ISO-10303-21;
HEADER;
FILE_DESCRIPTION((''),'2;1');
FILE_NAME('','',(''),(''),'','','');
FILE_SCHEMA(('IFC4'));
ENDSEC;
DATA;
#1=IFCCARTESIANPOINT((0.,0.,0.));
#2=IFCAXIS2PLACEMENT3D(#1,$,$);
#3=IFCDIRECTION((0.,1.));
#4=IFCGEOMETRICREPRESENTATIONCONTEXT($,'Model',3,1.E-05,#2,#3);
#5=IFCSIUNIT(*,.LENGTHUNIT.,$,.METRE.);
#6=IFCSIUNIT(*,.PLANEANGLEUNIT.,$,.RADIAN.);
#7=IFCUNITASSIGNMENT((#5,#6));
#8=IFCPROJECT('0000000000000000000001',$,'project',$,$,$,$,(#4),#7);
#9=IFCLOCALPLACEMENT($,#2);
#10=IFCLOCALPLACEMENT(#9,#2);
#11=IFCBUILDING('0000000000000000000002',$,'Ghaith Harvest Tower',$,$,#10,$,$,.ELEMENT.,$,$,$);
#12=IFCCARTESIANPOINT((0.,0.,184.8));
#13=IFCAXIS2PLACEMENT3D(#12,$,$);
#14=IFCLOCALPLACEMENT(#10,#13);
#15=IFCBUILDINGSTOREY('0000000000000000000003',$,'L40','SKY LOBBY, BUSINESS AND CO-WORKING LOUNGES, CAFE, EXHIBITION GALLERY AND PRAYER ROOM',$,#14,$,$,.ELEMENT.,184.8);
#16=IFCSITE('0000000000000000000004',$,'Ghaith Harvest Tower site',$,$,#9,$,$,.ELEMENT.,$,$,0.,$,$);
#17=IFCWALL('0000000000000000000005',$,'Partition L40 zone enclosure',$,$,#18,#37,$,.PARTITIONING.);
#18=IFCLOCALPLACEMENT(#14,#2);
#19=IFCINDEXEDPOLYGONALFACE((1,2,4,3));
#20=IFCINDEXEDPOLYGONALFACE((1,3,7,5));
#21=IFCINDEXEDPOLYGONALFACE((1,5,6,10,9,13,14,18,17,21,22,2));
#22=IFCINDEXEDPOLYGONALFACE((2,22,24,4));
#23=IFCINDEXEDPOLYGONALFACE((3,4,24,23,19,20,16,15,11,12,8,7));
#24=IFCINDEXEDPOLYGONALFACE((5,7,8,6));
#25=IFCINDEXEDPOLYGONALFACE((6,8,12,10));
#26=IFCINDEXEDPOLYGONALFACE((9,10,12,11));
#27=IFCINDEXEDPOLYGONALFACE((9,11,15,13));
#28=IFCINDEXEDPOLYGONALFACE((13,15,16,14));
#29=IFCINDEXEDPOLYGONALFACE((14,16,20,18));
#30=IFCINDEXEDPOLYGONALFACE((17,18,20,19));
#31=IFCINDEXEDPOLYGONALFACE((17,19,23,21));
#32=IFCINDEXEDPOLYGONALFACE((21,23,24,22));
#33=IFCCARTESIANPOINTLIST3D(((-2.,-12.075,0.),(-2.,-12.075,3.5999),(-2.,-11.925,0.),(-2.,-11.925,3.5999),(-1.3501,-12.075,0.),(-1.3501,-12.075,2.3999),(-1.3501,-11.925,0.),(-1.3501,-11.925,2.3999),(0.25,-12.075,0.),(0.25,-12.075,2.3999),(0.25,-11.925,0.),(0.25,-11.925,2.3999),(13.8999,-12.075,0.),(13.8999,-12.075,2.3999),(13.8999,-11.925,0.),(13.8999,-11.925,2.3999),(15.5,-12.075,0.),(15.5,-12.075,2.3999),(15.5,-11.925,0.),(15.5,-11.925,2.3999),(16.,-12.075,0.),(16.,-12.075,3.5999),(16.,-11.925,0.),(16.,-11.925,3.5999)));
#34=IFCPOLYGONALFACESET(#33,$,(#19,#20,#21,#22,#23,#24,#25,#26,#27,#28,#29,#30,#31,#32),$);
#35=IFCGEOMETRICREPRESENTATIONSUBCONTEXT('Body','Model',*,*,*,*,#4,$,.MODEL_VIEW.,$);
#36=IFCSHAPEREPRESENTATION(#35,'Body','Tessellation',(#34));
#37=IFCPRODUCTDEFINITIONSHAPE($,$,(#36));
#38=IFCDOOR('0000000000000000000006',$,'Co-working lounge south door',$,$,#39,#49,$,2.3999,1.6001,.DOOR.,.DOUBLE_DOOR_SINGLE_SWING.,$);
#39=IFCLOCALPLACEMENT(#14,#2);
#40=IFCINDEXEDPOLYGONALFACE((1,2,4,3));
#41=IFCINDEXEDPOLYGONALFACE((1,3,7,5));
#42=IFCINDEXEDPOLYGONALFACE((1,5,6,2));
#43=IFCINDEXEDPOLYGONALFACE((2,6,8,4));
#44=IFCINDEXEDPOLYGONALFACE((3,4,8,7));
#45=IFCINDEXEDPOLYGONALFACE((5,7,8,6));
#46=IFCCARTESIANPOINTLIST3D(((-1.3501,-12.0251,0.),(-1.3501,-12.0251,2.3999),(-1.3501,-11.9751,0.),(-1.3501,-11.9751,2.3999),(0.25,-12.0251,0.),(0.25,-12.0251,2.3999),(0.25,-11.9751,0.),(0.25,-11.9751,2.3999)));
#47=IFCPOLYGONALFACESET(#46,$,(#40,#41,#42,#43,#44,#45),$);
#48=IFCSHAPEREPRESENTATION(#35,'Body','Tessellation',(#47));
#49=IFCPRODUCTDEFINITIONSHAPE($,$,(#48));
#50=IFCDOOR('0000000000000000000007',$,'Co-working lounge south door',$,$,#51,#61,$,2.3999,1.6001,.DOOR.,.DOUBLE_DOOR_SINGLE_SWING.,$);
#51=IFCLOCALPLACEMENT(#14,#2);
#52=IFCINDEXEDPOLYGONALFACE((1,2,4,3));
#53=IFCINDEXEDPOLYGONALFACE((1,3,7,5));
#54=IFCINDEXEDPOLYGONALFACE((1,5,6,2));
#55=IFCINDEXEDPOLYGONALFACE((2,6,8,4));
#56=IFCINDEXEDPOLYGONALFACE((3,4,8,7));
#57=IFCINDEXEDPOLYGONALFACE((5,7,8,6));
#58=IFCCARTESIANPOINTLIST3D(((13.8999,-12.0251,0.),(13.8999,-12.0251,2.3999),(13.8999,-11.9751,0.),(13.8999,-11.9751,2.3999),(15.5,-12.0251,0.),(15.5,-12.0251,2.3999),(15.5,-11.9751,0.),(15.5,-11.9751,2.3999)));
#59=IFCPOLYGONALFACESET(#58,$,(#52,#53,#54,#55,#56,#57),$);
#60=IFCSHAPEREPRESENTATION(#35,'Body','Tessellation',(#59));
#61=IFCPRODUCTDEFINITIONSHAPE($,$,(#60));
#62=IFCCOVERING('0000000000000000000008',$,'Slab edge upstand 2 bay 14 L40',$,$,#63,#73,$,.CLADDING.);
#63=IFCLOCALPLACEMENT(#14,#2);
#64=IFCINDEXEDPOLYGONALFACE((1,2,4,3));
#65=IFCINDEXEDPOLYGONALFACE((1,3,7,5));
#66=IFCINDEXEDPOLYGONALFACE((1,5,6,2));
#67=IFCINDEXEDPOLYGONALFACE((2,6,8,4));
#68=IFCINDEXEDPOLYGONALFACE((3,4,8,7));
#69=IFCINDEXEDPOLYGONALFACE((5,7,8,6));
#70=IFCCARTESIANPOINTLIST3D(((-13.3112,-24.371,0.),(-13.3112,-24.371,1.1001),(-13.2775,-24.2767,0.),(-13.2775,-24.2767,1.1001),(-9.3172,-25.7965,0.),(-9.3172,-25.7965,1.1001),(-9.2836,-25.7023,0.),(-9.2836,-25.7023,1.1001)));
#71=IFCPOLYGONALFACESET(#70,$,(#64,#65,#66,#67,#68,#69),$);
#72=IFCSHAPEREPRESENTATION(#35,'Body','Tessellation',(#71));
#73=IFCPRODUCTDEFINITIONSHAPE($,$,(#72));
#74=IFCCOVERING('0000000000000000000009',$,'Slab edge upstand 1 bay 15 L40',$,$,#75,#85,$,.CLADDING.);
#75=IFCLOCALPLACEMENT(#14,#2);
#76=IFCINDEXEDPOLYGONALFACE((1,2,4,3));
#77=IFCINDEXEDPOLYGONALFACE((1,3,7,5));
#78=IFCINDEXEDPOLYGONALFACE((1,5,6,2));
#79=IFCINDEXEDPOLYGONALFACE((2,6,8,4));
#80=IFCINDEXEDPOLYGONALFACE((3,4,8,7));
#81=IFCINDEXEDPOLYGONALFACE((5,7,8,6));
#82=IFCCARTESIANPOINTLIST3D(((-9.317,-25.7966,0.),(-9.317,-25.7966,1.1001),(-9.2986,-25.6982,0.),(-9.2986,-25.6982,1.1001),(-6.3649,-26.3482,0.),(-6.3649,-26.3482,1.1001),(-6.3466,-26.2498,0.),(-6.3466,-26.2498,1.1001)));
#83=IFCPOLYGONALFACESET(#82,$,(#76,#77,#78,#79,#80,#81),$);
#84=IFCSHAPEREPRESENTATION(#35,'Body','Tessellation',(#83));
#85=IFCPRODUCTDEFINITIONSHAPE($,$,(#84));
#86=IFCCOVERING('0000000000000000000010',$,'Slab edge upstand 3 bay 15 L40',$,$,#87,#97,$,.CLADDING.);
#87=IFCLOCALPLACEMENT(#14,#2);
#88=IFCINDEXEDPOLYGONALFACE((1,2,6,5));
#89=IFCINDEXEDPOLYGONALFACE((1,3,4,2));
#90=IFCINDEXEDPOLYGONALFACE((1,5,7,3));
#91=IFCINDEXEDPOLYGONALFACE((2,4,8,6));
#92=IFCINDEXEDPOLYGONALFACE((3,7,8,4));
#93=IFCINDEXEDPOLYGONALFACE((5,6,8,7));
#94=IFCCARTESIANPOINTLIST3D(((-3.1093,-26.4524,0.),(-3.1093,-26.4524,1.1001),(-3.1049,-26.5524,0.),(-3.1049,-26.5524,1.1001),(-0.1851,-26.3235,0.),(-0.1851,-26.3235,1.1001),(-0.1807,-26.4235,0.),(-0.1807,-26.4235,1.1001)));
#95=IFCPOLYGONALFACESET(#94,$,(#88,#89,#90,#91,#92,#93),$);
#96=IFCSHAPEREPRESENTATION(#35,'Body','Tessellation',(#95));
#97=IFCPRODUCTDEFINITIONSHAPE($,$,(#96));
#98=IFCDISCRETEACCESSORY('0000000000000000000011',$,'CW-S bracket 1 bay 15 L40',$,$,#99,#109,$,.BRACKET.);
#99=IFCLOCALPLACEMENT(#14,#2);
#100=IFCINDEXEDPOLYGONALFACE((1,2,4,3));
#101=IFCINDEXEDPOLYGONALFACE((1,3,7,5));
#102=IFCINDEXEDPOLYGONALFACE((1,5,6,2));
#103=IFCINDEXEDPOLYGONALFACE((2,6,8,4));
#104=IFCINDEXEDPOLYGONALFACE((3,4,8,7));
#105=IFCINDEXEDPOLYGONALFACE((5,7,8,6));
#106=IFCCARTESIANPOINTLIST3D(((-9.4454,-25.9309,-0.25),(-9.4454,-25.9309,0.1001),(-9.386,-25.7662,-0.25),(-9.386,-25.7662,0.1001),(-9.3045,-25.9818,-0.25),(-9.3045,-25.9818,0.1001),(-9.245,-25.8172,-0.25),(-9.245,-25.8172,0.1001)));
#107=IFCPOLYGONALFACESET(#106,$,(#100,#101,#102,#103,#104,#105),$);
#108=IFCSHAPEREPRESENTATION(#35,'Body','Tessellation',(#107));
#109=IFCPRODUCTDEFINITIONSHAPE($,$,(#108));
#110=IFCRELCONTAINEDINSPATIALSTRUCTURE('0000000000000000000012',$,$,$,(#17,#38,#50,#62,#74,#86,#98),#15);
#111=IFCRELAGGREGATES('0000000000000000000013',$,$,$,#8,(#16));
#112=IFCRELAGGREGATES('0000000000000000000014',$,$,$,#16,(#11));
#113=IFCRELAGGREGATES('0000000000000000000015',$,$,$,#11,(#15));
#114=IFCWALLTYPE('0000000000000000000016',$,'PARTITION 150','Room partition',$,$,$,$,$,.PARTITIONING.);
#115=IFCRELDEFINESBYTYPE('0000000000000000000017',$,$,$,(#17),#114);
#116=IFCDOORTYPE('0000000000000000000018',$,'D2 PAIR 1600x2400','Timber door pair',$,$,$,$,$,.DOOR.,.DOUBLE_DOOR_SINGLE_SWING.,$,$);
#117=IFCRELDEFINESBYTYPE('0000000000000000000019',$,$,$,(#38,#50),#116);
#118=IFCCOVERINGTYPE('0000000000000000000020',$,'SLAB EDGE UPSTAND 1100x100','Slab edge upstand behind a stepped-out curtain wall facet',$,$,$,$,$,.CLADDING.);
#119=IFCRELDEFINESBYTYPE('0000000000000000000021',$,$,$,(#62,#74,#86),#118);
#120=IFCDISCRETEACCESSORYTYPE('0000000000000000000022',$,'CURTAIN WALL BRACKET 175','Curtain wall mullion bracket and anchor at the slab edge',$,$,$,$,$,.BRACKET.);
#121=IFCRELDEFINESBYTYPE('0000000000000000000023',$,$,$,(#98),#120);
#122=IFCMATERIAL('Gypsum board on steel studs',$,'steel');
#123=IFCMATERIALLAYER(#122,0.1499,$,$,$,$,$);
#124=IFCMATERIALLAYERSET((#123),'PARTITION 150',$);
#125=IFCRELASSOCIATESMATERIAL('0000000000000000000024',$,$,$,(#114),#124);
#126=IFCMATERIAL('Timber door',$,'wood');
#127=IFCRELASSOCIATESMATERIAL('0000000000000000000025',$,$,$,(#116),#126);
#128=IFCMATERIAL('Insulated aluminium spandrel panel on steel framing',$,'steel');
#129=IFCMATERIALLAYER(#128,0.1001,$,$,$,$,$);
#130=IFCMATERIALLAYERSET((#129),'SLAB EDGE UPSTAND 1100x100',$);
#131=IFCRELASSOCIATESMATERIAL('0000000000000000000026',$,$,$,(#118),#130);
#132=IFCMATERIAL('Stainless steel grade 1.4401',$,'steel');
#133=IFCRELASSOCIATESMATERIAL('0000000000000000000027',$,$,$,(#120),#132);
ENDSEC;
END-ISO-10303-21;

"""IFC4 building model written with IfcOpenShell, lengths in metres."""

from ifc_helpers import new_model, si_unit, direction, frame, frame_2d, origin, origin_2d, place, context, subcontext, project, spatial, rectangle, extrude, material, layer, layer_set, type_object, element, fill, save


model = new_model("IFC4")

# Units and contexts
model_context = context("Model", 3, precision=1e-05, world=origin(), true_north=direction((0.0, 1.0)))
body_context = subcontext(model_context, "Body", "Model", "MODEL_VIEW")
ifc_project = project(units=[si_unit("LENGTHUNIT", "METRE"), si_unit("PLANEANGLEUNIT", "RADIAN")], contexts=[model_context])

# Site, building, storey
site_placement = place(None, origin())
site = spatial("IfcSite", under=ifc_project, at=site_placement, Name="Ghaith Harvest Tower site", CompositionType="ELEMENT", RefElevation=0.0)
building_placement = place(site_placement, origin())
building = spatial("IfcBuilding", under=site, at=building_placement, Name="Ghaith Harvest Tower", CompositionType="ELEMENT")
storey_placement = place(building_placement, frame((0.0, 0.0, 184.8)))
storey = spatial("IfcBuildingStorey", under=building, at=storey_placement, Name="L40", Description="SKY LOBBY, BUSINESS AND CO-WORKING LOUNGES, CAFE, EXHIBITION GALLERY AND PRAYER ROOM", CompositionType="ELEMENT", Elevation=184.8)

# Wall, openings, doors
ifc_material_1 = material(Name="Gypsum board on steel studs", Category="steel")
ifc_layer_1 = layer(ifc_material_1, 0.1499)
ifc_layer_set_1 = layer_set([ifc_layer_1], Name="PARTITION 150")
wall_type_1 = type_object("IfcWallType", Name="PARTITION 150", Description="Room partition", PredefinedType="PARTITIONING", material=ifc_layer_set_1)
wall_1_placement = place(storey_placement, frame((-2.0, -12.0, 0.0), z_axis=(0.0, 0.0, 1.0), x_axis=(1.0, 0.0, 0.0)))
wall_1 = element("IfcWall", 1, at=wall_1_placement, inside=storey, type_object=wall_type_1, Name="Partition L40 zone enclosure", PredefinedType="PARTITIONING", context=body_context, shape_type="SweptSolid", body=[
    extrude(rectangle(XDim=18.0, YDim=0.1499, at=frame_2d((9.0, 0.0))), origin(), (0.0, 0.0, 1.0), 3.5999),
])
opening_1_placement = place(wall_1_placement, frame((0.6499, 0.0, 0.0)))
opening_1 = element("IfcOpeningElement", 2, at=opening_1_placement, cuts=wall_1, PredefinedType="OPENING", context=body_context, shape_type="SweptSolid", body=[
    extrude(rectangle(XDim=1.6001, YDim=2.3999, at=frame_2d((0.8, 1.2))), frame((0.0, 0.085, 0.0), z_axis=(0.0, -1.0, 0.0), x_axis=(1.0, 0.0, 0.0)), (0.0, 0.0, 1.0), 0.1699),
])
opening_2_placement = place(wall_1_placement, frame((15.8999, 0.0, 0.0)))
opening_2 = element("IfcOpeningElement", 3, at=opening_2_placement, cuts=wall_1, PredefinedType="OPENING", context=body_context, shape_type="SweptSolid", body=[
    extrude(rectangle(XDim=1.6001, YDim=2.3999, at=frame_2d((0.8, 1.2))), frame((0.0, 0.085, 0.0), z_axis=(0.0, -1.0, 0.0), x_axis=(1.0, 0.0, 0.0)), (0.0, 0.0, 1.0), 0.1699),
])
ifc_material_2 = material(Name="Timber door", Category="wood")
door_type_1 = type_object("IfcDoorType", Name="D2 PAIR 1600x2400", Description="Timber door pair", OperationType="DOUBLE_DOOR_SINGLE_SWING", PredefinedType="DOOR", material=ifc_material_2)
door_1_placement = place(opening_1_placement, origin())
door_1 = element("IfcDoor", 4, at=door_1_placement, inside=storey, type_object=door_type_1, Name="Co-working lounge south door", OperationType="DOUBLE_DOOR_SINGLE_SWING", OverallHeight=2.3999, OverallWidth=1.6001, PredefinedType="DOOR", context=body_context, shape_type="SweptSolid", body=[
    extrude(rectangle(XDim=1.6001, YDim=2.3999, at=frame_2d((0.8, 1.2))), frame((0.0, 0.0249, 0.0), z_axis=(0.0, -1.0, 0.0), x_axis=(1.0, 0.0, 0.0)), (0.0, 0.0, 1.0), 0.05),
])
fill(opening_1, door_1)
door_2_placement = place(opening_2_placement, origin())
door_2 = element("IfcDoor", 5, at=door_2_placement, inside=storey, type_object=door_type_1, Name="Co-working lounge south door", OperationType="DOUBLE_DOOR_SINGLE_SWING", OverallHeight=2.3999, OverallWidth=1.6001, PredefinedType="DOOR", context=body_context, shape_type="SweptSolid", body=[
    extrude(rectangle(XDim=1.6001, YDim=2.3999, at=frame_2d((0.8, 1.2))), frame((0.0, 0.0249, 0.0), z_axis=(0.0, -1.0, 0.0), x_axis=(1.0, 0.0, 0.0)), (0.0, 0.0, 1.0), 0.05),
])
fill(opening_2, door_2)

# Coverings
ifc_material_3 = material(Name="Insulated aluminium spandrel panel on steel framing", Category="steel")
ifc_layer_2 = layer(ifc_material_3, 0.1001)
ifc_layer_set_2 = layer_set([ifc_layer_2], Name="SLAB EDGE UPSTAND 1100x100")
covering_type = type_object("IfcCoveringType", Name="SLAB EDGE UPSTAND 1100x100", Description="Slab edge upstand behind a stepped-out curtain wall facet", PredefinedType="CLADDING", material=ifc_layer_set_2)
covering_1_placement = place(storey_placement, frame((-11.2974, -25.0366, 0.0), z_axis=(0.0, 0.0, 1.0), x_axis=(0.941807, -0.336154, 0.0)))
element("IfcCovering", 6, at=covering_1_placement, inside=storey, type_object=covering_type, Name="Slab edge upstand 2 bay 14 L40", PredefinedType="CLADDING", context=body_context, shape_type="SweptSolid", body=[
    extrude(rectangle(XDim=4.2407, YDim=0.1001, at=origin_2d()), origin(), (0.0, 0.0, 1.0), 1.1001),
])
covering_2_placement = place(storey_placement, frame((-7.8318, -26.0232, 0.0), z_axis=(0.0, 0.0, 1.0), x_axis=(0.98299, -0.183659, 0.0)))
element("IfcCovering", 7, at=covering_2_placement, inside=storey, type_object=covering_type, Name="Slab edge upstand 1 bay 15 L40", PredefinedType="CLADDING", context=body_context, shape_type="SweptSolid", body=[
    extrude(rectangle(XDim=3.0032, YDim=0.1001, at=origin_2d()), origin(), (0.0, 0.0, 1.0), 1.1001),
])
covering_3_placement = place(storey_placement, frame((-1.645, -26.438, 0.0), z_axis=(0.0, 0.0, 1.0), x_axis=(0.99903, 0.044045, 0.0)))
element("IfcCovering", 8, at=covering_3_placement, inside=storey, type_object=covering_type, Name="Slab edge upstand 3 bay 15 L40", PredefinedType="CLADDING", context=body_context, shape_type="SweptSolid", body=[
    extrude(rectangle(XDim=2.927, YDim=0.1001, at=origin_2d()), origin(), (0.0, 0.0, 1.0), 1.1001),
])

# Discrete accessory
ifc_material_4 = material(Name="Stainless steel grade 1.4401", Category="steel")
discrete_accessory_type = type_object("IfcDiscreteAccessoryType", Name="CURTAIN WALL BRACKET 175", Description="Curtain wall mullion bracket and anchor at the slab edge", PredefinedType="BRACKET", material=ifc_material_4)
discrete_accessory_placement = place(storey_placement, frame((-9.3452, -25.874, -0.25), z_axis=(0.0, 0.0, 1.0), x_axis=(-0.339699, -0.940534, 0.0)))
element("IfcDiscreteAccessory", 9, at=discrete_accessory_placement, inside=storey, type_object=discrete_accessory_type, Name="CW-S bracket 1 bay 15 L40", PredefinedType="BRACKET", context=body_context, shape_type="SweptSolid", body=[
    extrude(rectangle(XDim=0.175, YDim=0.1499, at=origin_2d()), origin(), (0.0, 0.0, 1.0), 0.3501),
])

save(model, "model.ifc")
